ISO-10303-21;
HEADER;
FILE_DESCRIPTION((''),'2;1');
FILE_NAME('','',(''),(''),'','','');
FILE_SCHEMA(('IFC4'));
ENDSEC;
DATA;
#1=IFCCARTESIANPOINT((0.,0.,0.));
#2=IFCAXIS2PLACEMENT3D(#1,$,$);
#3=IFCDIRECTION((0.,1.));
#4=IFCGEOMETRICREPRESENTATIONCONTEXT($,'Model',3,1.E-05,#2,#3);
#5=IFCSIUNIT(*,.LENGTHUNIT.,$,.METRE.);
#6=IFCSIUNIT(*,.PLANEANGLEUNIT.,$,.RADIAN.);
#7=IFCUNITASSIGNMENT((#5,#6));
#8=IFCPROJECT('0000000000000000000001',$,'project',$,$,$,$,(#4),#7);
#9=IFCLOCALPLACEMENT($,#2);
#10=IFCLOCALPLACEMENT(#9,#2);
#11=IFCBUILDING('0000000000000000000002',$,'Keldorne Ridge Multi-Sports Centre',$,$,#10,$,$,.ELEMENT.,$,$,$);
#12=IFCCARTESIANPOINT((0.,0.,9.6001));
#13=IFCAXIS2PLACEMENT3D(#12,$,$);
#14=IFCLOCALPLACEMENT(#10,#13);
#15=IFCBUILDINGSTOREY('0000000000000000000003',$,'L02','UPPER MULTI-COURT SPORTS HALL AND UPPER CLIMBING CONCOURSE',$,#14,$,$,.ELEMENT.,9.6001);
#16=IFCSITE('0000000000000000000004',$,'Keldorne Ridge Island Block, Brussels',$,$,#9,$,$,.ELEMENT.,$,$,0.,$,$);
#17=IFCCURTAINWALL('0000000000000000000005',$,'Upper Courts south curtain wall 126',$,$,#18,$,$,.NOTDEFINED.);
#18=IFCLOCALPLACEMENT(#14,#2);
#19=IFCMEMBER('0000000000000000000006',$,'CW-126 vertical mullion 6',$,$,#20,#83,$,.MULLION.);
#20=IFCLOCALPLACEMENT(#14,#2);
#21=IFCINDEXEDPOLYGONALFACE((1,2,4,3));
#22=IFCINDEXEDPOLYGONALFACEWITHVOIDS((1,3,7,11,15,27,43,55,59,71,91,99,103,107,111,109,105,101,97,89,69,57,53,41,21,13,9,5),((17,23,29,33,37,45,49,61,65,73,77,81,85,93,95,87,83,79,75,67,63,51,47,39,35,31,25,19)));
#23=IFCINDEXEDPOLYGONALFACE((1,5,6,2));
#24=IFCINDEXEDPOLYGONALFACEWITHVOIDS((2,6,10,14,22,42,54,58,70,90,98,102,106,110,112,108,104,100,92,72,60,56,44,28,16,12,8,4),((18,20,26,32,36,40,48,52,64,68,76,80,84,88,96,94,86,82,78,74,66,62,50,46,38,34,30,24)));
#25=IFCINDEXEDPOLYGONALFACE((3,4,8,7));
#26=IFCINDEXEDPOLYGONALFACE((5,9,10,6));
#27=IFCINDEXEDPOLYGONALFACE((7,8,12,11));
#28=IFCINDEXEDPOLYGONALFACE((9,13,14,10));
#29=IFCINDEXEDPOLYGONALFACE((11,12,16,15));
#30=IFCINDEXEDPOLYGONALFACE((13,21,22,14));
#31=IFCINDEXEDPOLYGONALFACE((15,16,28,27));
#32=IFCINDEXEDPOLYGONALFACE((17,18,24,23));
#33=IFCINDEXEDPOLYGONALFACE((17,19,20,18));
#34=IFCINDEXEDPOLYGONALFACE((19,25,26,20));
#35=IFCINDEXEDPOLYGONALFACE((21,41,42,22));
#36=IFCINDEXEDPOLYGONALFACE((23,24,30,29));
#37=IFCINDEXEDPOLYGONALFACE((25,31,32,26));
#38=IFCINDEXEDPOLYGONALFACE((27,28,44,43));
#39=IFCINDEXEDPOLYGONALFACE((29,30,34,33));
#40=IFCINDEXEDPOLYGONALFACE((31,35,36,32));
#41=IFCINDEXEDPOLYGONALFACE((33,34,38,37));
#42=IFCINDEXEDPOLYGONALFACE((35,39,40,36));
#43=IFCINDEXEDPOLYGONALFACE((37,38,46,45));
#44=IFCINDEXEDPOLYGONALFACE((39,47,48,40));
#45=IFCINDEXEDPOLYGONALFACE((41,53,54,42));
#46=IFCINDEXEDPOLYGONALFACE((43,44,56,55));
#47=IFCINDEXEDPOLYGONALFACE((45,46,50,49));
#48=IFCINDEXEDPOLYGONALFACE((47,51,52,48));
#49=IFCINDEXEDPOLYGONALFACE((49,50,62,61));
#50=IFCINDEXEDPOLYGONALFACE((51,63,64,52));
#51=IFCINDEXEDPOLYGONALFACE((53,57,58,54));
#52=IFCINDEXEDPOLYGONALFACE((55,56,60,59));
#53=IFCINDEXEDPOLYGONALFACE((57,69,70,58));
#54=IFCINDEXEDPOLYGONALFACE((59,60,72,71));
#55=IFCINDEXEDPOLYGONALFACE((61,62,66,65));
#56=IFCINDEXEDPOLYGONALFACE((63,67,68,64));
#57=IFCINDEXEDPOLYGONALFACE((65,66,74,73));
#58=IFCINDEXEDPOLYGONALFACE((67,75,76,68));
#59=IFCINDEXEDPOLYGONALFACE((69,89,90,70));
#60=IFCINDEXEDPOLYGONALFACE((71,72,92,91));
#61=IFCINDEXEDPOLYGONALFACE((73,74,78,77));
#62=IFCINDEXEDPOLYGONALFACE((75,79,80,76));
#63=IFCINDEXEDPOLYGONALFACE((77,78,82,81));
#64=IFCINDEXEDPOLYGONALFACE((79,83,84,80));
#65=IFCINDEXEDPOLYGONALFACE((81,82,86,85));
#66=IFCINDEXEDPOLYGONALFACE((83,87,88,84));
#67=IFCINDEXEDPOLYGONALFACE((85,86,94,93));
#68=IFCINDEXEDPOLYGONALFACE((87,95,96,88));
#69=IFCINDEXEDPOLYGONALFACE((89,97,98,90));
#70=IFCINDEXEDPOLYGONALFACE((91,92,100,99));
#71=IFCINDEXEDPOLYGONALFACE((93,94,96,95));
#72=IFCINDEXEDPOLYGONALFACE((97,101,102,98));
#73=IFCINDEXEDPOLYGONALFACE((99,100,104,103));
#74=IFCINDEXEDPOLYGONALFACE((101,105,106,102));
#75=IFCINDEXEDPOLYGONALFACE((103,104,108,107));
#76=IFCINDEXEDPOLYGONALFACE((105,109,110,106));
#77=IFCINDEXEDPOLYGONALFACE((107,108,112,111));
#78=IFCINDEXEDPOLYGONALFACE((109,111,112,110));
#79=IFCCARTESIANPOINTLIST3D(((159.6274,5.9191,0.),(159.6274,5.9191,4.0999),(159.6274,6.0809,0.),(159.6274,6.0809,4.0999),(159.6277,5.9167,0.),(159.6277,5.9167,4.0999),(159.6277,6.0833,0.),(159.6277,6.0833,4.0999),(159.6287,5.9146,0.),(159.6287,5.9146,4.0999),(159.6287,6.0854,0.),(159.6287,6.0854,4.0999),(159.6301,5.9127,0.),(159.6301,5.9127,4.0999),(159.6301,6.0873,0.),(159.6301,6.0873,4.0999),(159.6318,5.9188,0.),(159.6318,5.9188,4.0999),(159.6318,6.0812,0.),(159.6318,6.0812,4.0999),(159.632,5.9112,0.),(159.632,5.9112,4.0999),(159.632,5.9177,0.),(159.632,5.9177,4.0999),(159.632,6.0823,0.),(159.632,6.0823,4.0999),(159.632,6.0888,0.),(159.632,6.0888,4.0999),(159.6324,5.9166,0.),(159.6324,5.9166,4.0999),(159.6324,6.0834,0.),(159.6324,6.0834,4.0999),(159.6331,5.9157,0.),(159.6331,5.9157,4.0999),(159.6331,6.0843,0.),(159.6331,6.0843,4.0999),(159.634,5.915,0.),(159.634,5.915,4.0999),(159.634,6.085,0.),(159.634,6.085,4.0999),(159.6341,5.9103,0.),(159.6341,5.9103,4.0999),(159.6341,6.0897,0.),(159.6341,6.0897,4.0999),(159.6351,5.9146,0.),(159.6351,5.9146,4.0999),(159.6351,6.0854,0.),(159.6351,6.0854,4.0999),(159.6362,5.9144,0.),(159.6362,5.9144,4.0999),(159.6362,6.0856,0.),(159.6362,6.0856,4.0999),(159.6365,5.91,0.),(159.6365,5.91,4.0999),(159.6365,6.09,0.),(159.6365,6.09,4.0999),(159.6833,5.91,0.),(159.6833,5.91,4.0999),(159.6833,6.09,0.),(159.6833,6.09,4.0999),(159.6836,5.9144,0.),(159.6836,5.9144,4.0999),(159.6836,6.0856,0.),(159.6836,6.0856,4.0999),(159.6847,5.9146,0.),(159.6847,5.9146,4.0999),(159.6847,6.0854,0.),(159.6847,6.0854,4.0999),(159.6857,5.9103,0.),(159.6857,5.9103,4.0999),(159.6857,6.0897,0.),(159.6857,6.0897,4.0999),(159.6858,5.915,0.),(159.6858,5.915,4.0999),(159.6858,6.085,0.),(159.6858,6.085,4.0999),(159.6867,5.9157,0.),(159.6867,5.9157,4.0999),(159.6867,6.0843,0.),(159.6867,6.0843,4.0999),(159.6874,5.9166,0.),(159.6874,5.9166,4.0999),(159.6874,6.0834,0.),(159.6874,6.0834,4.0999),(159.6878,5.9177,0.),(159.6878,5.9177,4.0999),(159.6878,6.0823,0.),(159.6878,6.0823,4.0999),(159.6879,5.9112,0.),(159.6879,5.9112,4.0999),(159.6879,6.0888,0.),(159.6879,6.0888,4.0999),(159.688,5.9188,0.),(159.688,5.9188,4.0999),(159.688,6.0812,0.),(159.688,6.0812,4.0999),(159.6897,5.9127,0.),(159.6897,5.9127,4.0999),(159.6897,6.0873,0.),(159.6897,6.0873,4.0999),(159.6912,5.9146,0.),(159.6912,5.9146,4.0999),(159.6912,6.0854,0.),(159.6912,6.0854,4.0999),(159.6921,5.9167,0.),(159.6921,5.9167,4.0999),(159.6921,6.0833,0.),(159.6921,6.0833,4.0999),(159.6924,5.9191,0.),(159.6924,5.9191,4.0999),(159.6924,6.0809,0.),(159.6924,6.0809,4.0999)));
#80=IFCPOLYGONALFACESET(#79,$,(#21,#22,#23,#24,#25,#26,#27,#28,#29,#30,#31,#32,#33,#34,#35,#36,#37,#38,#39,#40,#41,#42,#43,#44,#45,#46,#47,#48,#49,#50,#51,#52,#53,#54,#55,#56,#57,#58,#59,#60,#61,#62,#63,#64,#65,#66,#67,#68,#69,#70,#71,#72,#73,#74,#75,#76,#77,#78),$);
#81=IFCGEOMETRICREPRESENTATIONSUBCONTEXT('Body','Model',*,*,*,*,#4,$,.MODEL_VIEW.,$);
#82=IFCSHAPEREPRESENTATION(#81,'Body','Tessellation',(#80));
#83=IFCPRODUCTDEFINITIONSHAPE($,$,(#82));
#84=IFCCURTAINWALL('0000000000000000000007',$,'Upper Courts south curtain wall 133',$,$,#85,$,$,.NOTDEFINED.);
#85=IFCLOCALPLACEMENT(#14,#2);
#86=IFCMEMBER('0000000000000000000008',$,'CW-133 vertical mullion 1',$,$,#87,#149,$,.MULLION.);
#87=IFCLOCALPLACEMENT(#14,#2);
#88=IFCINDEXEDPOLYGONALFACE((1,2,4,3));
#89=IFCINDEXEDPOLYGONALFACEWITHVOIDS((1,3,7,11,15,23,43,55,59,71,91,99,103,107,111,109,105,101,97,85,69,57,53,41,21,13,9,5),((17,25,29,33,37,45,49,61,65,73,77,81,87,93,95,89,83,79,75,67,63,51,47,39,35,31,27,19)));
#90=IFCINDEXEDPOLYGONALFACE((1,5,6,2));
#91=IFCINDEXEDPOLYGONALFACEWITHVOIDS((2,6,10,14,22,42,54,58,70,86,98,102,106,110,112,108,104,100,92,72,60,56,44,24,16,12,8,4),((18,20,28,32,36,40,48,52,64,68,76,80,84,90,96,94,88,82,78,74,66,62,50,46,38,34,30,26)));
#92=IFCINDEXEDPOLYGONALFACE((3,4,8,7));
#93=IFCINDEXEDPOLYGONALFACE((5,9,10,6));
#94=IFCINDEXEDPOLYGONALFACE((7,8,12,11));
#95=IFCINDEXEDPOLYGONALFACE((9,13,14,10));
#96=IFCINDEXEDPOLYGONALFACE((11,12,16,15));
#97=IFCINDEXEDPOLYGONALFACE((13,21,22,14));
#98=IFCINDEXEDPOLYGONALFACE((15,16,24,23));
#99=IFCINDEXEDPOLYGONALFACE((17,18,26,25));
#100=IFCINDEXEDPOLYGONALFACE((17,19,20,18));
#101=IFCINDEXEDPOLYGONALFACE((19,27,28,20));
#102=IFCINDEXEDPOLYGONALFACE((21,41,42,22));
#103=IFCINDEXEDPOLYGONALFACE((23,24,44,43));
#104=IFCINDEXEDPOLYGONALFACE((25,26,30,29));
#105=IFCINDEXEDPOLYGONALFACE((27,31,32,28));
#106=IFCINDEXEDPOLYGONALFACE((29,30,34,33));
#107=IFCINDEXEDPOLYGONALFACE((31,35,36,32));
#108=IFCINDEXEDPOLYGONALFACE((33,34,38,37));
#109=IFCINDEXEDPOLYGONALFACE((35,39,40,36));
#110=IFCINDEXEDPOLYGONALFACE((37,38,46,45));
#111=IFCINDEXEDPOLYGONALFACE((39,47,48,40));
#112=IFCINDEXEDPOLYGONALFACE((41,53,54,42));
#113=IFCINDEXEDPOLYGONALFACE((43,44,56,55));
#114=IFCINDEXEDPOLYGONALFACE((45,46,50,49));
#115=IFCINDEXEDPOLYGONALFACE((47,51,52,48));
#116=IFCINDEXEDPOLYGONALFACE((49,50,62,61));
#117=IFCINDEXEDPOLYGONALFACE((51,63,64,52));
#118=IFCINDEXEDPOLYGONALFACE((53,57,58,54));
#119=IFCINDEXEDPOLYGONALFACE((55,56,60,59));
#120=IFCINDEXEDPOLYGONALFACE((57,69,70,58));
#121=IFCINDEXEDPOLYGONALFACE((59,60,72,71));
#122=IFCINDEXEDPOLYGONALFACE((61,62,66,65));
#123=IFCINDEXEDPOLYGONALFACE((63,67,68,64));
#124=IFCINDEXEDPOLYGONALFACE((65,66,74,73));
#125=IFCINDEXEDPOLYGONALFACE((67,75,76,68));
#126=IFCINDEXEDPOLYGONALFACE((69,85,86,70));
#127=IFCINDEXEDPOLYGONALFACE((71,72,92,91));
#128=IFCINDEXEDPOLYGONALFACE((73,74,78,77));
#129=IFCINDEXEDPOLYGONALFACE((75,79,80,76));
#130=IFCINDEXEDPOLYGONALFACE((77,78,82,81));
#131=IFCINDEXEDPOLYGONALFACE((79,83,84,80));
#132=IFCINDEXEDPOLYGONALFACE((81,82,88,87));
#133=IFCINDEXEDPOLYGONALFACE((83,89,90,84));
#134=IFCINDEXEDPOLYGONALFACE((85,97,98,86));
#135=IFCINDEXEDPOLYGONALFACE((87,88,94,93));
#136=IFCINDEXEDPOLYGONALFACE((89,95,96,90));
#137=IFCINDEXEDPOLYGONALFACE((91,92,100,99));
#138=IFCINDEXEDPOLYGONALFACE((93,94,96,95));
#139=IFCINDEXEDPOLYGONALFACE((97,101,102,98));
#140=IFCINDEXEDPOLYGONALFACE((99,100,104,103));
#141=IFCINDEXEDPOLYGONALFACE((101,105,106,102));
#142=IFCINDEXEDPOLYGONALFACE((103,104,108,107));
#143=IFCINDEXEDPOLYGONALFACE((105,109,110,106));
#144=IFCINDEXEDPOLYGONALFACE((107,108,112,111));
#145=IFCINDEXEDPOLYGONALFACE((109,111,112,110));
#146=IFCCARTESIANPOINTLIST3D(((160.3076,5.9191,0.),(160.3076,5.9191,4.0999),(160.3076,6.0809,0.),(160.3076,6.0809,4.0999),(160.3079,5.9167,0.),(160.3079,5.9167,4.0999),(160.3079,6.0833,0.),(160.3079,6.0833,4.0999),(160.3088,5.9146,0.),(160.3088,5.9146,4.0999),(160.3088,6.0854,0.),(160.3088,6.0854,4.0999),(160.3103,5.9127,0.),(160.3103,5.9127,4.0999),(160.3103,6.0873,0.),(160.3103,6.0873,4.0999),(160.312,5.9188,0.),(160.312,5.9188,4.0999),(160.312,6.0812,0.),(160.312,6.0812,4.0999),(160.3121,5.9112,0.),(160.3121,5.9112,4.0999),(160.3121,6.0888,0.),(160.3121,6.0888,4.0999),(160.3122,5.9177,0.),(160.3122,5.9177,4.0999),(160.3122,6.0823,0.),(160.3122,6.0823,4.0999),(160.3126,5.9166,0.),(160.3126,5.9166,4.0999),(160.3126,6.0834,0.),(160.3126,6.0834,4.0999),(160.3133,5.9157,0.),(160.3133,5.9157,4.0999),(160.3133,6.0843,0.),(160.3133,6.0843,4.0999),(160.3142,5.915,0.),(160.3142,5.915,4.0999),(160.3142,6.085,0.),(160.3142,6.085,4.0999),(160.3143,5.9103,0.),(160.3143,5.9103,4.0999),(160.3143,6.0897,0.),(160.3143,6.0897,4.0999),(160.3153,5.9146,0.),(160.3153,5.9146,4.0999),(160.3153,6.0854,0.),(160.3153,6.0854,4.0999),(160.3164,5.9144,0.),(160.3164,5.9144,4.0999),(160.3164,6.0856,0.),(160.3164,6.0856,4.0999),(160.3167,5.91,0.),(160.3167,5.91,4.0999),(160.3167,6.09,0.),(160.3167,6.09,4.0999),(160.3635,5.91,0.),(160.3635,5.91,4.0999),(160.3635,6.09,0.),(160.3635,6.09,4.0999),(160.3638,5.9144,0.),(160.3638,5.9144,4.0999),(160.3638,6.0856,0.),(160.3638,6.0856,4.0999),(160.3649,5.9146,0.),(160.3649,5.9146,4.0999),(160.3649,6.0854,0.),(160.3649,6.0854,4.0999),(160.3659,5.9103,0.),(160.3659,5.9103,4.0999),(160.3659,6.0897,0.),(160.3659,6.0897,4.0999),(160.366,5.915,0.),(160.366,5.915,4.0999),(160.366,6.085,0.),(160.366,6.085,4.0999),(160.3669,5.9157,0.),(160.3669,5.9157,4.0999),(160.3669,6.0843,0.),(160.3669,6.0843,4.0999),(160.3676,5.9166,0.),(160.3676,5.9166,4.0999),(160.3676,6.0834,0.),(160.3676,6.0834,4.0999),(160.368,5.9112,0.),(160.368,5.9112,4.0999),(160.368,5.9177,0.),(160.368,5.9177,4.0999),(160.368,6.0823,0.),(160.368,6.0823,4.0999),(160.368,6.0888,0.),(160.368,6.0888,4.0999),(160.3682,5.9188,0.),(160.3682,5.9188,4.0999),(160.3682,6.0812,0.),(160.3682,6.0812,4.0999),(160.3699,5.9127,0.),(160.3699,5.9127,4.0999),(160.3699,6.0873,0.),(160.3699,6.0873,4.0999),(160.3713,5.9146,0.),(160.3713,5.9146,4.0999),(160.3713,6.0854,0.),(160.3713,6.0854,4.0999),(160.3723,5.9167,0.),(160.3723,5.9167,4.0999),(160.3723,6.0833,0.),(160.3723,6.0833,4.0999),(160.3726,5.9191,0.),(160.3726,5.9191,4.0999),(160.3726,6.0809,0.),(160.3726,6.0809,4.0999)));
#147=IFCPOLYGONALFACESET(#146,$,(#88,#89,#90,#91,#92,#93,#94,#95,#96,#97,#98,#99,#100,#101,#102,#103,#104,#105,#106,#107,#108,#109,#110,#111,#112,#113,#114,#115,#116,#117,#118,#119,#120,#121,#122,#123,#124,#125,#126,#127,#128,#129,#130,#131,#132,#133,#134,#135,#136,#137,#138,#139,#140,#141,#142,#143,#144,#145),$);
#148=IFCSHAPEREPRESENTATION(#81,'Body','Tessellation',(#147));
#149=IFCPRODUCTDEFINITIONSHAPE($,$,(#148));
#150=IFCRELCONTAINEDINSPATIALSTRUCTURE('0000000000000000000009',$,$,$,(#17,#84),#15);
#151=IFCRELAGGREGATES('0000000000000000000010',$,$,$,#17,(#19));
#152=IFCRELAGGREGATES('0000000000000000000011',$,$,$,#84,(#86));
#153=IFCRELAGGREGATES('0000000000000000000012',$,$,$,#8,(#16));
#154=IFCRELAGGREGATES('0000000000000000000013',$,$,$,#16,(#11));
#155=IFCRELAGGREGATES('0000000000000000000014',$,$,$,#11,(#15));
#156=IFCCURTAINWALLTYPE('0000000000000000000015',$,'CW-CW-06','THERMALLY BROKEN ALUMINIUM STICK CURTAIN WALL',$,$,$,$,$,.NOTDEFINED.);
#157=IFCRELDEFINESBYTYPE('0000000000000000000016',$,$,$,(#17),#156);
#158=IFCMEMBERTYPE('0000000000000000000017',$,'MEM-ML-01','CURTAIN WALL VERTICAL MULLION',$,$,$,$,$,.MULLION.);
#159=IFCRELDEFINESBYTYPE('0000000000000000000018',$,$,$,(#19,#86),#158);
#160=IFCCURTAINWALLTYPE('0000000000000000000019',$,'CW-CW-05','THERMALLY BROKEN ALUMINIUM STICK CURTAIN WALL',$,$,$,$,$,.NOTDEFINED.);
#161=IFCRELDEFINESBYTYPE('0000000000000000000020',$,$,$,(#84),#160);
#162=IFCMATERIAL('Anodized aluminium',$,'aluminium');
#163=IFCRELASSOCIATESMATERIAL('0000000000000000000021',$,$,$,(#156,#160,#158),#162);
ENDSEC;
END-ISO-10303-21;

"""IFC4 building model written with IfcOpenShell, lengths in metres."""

from ifc_helpers import new_model, si_unit, direction, frame, origin, origin_2d, place, context, subcontext, project, spatial, hollow_rectangle, extrude, material, material_profile, profile_set, type_object, element, aggregate, save


model = new_model("IFC4")

# Units and contexts
model_context = context("Model", 3, precision=1e-05, world=origin(), true_north=direction((0.0, 1.0)))
body_context = subcontext(model_context, "Body", "Model", "MODEL_VIEW")
ifc_project = project(units=[si_unit("LENGTHUNIT", "METRE"), si_unit("PLANEANGLEUNIT", "RADIAN")], contexts=[model_context])

# Site, building, storey
site_placement = place(None, origin())
site = spatial("IfcSite", under=ifc_project, at=site_placement, Name="Keldorne Ridge Island Block, Brussels", CompositionType="ELEMENT", RefElevation=0.0)
building_placement = place(site_placement, origin())
building = spatial("IfcBuilding", under=site, at=building_placement, Name="Keldorne Ridge Multi-Sports Centre", CompositionType="ELEMENT")
storey_placement = place(building_placement, frame((0.0, 0.0, 9.6001)))
storey = spatial("IfcBuildingStorey", under=building, at=storey_placement, Name="L02", Description="UPPER MULTI-COURT SPORTS HALL AND UPPER CLIMBING CONCOURSE", CompositionType="ELEMENT", Elevation=9.6001)

# Curtain wall, member
ifc_material_1 = material(Name="Anodized aluminium", Category="aluminium")
curtain_wall_type_1 = type_object("IfcCurtainWallType", Name="CW-CW-06", Description="THERMALLY BROKEN ALUMINIUM STICK CURTAIN WALL", PredefinedType="NOTDEFINED", material=ifc_material_1)
curtain_wall_1_placement = place(storey_placement, origin())
curtain_wall_1 = element("IfcCurtainWall", 1, at=curtain_wall_1_placement, inside=storey, type_object=curtain_wall_type_1, Name="Upper Courts south curtain wall 126", PredefinedType="NOTDEFINED")
ifc_material_profile_1 = material_profile(ifc_material_1, hollow_rectangle(XDim=0.0649, YDim=0.1799, WallThickness=0.0044, InnerFilletRadius=0.0044, OuterFilletRadius=0.009, at=origin_2d()), Name="ALU MULLION 180x65x4.5")
ifc_profile_set_1 = profile_set([ifc_material_profile_1], Name="Anodized aluminium")
member_type_1 = type_object("IfcMemberType", Name="MEM-ML-01", Description="CURTAIN WALL VERTICAL MULLION", PredefinedType="MULLION", material=ifc_profile_set_1)
member_1_placement = place(storey_placement, frame((159.6599, 6.0, 0.0), z_axis=(0.0, 0.0, 1.0), x_axis=(1.0, 0.0, 0.0)))
member_1 = element("IfcMember", 2, at=member_1_placement, type_object=member_type_1, Name="CW-126 vertical mullion 6", PredefinedType="MULLION", context=body_context, shape_type="SweptSolid", body=[
    extrude(hollow_rectangle(XDim=0.0649, YDim=0.1799, WallThickness=0.0044, InnerFilletRadius=0.0044, OuterFilletRadius=0.009, at=origin_2d()), origin(), (0.0, 0.0, 1.0), 4.0999),
])

# Curtain wall, member
curtain_wall_type_2 = type_object("IfcCurtainWallType", Name="CW-CW-05", Description="THERMALLY BROKEN ALUMINIUM STICK CURTAIN WALL", PredefinedType="NOTDEFINED", material=ifc_material_1)
curtain_wall_2_placement = place(storey_placement, origin())
curtain_wall_2 = element("IfcCurtainWall", 3, at=curtain_wall_2_placement, inside=storey, type_object=curtain_wall_type_2, Name="Upper Courts south curtain wall 133", PredefinedType="NOTDEFINED")
member_2_placement = place(storey_placement, frame((160.3401, 6.0, 0.0), z_axis=(0.0, 0.0, 1.0), x_axis=(1.0, 0.0, 0.0)))
member_2 = element("IfcMember", 4, at=member_2_placement, type_object=member_type_1, Name="CW-133 vertical mullion 1", PredefinedType="MULLION", context=body_context, shape_type="SweptSolid", body=[
    extrude(hollow_rectangle(XDim=0.0649, YDim=0.1799, WallThickness=0.0044, InnerFilletRadius=0.0044, OuterFilletRadius=0.009, at=origin_2d()), origin(), (0.0, 0.0, 1.0), 4.0999),
])

aggregate(curtain_wall_1, [member_1])
aggregate(curtain_wall_2, [member_2])

save(model, "model.ifc")
